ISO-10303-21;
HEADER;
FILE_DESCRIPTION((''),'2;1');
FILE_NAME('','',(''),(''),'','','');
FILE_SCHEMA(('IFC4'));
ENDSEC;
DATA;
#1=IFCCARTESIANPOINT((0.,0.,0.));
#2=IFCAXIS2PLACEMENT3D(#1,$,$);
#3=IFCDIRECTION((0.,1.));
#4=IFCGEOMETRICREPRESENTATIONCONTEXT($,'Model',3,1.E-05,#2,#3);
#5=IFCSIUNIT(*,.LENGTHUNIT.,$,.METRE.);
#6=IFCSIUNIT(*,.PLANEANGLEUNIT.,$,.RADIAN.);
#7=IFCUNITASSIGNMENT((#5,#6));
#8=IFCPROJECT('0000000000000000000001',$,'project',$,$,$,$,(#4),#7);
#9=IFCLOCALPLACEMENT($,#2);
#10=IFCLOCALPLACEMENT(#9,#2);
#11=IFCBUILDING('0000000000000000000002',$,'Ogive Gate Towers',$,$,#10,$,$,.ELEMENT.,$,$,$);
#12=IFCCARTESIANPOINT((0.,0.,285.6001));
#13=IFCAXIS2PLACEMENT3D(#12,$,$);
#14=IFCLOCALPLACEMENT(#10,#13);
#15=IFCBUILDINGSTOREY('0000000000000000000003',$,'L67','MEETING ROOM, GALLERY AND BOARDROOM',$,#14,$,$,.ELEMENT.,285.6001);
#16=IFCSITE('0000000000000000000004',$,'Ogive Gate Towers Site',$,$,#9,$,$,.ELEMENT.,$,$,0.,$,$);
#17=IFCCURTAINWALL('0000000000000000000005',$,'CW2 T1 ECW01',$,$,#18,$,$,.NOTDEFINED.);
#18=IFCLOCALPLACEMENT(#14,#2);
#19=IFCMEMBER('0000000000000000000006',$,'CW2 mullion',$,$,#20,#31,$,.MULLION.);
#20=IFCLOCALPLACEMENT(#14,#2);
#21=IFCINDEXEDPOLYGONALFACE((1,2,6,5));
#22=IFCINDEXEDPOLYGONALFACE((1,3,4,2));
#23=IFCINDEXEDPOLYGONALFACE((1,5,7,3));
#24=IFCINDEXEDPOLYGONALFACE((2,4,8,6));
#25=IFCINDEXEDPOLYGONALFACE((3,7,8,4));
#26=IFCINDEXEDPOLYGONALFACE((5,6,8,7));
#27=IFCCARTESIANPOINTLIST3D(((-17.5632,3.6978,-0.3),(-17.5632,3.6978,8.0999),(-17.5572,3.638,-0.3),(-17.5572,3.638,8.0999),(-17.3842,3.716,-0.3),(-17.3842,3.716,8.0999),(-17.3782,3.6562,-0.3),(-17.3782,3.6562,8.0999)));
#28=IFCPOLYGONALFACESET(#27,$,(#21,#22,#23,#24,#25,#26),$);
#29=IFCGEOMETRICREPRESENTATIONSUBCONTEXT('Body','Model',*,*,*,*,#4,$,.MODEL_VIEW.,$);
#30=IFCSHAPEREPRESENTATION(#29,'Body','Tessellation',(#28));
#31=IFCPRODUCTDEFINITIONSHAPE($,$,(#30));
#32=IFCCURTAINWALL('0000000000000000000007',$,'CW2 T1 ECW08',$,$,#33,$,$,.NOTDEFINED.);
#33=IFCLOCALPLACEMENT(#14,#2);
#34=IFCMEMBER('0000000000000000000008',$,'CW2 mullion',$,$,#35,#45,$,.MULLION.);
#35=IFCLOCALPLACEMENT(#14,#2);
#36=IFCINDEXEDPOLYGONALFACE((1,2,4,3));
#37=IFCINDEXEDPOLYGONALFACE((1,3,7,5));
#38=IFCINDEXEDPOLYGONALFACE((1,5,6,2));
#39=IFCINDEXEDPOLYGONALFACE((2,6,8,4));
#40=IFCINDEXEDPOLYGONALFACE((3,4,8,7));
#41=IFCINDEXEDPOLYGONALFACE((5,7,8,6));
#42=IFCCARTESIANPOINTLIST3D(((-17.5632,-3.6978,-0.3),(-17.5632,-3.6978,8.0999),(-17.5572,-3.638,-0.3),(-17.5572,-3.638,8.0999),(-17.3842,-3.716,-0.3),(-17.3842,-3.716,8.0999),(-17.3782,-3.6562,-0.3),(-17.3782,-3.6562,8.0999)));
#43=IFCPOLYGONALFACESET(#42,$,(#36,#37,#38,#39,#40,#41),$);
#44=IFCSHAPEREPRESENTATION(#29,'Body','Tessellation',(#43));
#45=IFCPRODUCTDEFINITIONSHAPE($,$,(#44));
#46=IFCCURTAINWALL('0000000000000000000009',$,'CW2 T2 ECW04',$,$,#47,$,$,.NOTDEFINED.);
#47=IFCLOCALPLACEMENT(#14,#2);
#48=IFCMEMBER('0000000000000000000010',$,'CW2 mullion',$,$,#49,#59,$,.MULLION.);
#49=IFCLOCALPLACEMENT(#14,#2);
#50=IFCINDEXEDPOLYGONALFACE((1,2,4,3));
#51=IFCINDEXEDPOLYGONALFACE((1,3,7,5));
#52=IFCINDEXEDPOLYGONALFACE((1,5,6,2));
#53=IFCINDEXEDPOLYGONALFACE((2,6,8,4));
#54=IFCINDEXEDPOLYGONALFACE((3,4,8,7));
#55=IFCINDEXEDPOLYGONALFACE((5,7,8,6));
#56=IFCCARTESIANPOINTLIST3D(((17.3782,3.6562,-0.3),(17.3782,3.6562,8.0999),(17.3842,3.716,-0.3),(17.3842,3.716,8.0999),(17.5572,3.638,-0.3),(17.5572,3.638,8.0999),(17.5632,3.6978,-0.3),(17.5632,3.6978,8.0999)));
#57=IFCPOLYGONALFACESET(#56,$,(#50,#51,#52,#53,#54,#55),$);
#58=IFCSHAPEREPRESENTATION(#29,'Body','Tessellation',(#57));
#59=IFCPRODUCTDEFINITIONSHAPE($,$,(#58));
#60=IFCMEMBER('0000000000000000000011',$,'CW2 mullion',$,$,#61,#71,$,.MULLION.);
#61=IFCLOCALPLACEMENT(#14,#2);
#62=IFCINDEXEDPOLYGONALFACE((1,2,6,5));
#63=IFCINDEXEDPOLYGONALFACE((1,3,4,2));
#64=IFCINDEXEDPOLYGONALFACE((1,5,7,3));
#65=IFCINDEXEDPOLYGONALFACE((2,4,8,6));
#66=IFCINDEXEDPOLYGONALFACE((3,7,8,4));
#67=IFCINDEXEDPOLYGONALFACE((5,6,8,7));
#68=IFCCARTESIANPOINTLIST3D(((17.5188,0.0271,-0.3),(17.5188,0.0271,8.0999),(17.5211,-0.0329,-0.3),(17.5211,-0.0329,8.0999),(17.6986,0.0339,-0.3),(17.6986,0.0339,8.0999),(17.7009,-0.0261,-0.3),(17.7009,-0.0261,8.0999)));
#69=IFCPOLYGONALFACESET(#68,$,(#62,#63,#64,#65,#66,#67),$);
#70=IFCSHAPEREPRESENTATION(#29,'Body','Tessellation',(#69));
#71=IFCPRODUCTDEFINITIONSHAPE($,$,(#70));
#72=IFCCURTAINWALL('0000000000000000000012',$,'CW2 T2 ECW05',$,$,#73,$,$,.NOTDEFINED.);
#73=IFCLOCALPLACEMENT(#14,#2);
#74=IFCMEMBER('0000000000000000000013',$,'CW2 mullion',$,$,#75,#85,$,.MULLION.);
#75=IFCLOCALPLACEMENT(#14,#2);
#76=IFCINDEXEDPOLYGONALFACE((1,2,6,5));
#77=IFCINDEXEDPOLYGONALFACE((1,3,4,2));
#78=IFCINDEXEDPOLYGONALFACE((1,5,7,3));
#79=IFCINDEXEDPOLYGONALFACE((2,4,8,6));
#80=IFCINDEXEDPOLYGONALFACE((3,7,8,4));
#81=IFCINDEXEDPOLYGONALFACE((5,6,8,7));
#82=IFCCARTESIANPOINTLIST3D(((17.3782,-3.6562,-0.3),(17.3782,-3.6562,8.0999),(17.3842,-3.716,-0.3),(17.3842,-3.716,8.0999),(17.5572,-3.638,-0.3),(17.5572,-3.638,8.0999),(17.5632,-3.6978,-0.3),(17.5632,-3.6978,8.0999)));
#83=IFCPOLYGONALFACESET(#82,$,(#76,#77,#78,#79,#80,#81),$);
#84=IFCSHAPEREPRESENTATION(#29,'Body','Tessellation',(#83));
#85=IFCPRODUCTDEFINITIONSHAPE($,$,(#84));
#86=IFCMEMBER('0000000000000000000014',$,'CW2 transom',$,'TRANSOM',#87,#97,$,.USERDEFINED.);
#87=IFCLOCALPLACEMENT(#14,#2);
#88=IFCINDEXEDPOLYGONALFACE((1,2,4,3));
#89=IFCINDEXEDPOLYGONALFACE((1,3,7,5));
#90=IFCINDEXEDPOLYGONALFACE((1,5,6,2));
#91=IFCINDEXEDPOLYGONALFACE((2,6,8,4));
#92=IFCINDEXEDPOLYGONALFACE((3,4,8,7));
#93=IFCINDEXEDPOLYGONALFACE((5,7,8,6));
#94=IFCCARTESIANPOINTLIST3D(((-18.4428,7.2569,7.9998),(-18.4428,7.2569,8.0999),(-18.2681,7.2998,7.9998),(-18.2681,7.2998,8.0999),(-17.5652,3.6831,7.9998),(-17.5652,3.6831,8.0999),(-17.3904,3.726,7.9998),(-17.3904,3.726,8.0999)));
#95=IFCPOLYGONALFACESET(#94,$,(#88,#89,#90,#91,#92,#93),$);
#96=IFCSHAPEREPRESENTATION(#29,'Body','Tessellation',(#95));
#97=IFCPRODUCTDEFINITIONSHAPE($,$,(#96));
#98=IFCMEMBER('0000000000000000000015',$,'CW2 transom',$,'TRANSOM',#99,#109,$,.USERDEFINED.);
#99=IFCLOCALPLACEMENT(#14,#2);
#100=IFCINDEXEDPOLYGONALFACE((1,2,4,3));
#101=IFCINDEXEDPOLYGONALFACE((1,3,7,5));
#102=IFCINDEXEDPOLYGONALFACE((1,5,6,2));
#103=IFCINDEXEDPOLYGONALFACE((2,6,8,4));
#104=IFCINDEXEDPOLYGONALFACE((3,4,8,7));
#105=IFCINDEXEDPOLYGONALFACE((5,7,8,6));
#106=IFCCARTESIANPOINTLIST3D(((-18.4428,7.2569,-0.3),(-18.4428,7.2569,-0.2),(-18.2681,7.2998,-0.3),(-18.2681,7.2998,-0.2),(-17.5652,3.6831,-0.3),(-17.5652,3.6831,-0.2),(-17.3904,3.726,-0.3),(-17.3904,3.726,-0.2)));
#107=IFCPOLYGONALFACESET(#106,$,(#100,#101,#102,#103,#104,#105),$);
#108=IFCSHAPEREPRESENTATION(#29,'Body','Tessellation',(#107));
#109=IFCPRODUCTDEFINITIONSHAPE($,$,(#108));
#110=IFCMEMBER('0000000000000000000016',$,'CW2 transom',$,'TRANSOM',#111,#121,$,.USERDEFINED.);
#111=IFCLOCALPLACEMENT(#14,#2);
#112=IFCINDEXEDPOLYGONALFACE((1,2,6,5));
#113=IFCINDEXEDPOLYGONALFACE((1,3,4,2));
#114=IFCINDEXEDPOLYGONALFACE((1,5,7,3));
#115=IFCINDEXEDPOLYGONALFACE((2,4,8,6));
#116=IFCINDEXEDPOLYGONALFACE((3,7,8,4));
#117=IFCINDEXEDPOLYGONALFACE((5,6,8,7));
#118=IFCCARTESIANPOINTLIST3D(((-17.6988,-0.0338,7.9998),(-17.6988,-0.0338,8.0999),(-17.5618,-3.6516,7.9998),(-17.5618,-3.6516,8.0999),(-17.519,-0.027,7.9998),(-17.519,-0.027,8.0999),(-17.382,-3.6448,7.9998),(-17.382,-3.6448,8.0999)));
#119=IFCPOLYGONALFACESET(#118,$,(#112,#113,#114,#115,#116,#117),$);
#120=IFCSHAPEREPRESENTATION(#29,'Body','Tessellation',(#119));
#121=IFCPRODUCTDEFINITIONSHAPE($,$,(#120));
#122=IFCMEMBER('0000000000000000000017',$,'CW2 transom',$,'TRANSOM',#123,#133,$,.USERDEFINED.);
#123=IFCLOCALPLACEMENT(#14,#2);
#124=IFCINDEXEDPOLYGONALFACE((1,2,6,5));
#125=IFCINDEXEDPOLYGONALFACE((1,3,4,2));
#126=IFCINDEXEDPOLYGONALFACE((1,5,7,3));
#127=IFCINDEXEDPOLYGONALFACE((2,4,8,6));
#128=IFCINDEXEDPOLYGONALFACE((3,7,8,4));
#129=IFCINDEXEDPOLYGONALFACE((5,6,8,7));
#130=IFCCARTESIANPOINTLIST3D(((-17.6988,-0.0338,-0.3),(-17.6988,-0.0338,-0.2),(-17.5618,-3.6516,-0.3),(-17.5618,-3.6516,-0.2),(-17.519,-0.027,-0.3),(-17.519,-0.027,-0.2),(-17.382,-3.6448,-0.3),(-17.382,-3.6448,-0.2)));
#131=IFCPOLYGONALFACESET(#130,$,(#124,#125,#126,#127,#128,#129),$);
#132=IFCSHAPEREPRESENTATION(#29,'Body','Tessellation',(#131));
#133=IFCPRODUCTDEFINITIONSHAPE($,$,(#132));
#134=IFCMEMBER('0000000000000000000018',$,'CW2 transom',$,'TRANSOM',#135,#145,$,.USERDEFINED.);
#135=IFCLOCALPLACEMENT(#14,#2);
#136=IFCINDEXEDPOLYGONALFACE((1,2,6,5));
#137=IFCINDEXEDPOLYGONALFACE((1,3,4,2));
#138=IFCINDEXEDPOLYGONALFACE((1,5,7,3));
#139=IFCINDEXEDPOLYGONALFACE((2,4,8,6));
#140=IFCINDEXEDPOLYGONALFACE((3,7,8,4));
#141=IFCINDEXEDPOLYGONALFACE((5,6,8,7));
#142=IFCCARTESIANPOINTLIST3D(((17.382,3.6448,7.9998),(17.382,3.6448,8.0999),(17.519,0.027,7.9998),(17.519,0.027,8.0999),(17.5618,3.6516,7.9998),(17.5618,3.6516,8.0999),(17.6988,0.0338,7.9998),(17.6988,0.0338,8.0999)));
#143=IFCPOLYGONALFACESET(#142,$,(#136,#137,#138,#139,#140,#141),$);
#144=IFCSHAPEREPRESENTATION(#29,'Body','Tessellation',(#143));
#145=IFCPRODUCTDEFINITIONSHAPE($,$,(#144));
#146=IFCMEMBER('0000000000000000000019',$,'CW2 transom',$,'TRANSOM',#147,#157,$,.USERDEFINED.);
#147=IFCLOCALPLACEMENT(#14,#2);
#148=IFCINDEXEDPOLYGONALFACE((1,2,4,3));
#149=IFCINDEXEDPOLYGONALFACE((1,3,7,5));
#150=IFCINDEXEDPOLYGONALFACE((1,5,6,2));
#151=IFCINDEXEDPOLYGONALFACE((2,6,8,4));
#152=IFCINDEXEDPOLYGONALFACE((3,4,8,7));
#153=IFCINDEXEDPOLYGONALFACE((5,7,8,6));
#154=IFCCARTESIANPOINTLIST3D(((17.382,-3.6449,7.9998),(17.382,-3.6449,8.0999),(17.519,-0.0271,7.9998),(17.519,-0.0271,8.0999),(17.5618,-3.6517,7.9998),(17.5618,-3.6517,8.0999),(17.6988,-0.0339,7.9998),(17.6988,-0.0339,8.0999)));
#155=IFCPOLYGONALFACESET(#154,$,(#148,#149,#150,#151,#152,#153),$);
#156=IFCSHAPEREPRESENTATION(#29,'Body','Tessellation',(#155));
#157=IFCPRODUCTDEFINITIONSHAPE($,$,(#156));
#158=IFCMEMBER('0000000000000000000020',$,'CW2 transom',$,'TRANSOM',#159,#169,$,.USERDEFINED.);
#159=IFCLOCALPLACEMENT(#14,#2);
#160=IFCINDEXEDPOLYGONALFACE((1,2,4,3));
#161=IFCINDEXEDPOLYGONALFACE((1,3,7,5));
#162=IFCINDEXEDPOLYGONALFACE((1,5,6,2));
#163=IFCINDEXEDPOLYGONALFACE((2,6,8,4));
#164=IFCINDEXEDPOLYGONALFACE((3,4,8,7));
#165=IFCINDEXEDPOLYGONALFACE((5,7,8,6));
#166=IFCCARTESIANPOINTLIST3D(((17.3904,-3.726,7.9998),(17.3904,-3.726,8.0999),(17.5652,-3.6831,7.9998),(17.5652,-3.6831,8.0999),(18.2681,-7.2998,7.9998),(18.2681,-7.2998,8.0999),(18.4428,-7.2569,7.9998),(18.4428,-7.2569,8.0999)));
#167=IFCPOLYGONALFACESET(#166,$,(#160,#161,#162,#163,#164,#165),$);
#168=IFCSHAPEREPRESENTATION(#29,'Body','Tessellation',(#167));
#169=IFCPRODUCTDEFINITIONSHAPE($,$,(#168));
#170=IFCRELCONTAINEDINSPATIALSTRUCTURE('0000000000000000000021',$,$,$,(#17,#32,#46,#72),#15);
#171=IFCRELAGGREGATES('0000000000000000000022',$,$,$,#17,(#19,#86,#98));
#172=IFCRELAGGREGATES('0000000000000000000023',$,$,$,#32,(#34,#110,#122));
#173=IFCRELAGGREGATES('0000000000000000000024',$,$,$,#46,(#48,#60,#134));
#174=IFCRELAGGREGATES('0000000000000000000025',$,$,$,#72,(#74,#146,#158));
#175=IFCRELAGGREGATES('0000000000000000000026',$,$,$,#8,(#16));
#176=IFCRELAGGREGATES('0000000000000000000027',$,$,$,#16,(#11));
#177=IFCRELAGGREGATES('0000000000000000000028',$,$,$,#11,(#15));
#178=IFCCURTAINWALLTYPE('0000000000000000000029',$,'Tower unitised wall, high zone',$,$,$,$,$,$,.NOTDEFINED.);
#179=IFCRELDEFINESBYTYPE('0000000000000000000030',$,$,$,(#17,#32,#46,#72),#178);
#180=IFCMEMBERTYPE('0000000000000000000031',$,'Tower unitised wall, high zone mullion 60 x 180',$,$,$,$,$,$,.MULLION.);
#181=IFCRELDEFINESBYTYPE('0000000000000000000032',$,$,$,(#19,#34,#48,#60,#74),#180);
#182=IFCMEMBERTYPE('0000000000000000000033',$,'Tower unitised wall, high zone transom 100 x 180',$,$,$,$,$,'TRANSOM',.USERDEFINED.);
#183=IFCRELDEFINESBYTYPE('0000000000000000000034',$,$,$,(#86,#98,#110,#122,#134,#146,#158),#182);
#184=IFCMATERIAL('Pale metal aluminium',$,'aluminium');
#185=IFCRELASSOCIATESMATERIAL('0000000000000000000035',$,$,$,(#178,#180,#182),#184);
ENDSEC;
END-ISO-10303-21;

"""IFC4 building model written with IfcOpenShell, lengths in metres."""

from ifc_helpers import new_model, si_unit, direction, frame, origin, origin_2d, place, context, subcontext, project, spatial, rectangle, extrude, material, material_profile, profile_set, type_object, element, aggregate, save


model = new_model("IFC4")

# Units and contexts
model_context = context("Model", 3, precision=1e-05, world=origin(), true_north=direction((0.0, 1.0)))
body_context = subcontext(model_context, "Body", "Model", "MODEL_VIEW")
ifc_project = project(units=[si_unit("LENGTHUNIT", "METRE"), si_unit("PLANEANGLEUNIT", "RADIAN")], contexts=[model_context])

# Site, building, storey
site_placement = place(None, origin())
site = spatial("IfcSite", under=ifc_project, at=site_placement, Name="Ogive Gate Towers Site", CompositionType="ELEMENT", RefElevation=0.0)
building_placement = place(site_placement, origin())
building = spatial("IfcBuilding", under=site, at=building_placement, Name="Ogive Gate Towers", CompositionType="ELEMENT")
storey_placement = place(building_placement, frame((0.0, 0.0, 285.6001)))
storey = spatial("IfcBuildingStorey", under=building, at=storey_placement, Name="L67", Description="MEETING ROOM, GALLERY AND BOARDROOM", CompositionType="ELEMENT", Elevation=285.6001)

# Curtain walls, members
ifc_material_1 = material(Name="Pale metal aluminium", Category="aluminium")
curtain_wall_type = type_object("IfcCurtainWallType", Name="Tower unitised wall, high zone", PredefinedType="NOTDEFINED", material=ifc_material_1)
curtain_wall_1_placement = place(storey_placement, origin())
curtain_wall_1 = element("IfcCurtainWall", 1, at=curtain_wall_1_placement, inside=storey, type_object=curtain_wall_type, Name="CW2 T1 ECW01", PredefinedType="NOTDEFINED")
ifc_material_profile_1 = material_profile(ifc_material_1, rectangle(XDim=0.1799, YDim=0.0601, at=origin_2d()), Name="60 x 180 aluminium box")
ifc_profile_set_1 = profile_set([ifc_material_profile_1], Name="Pale metal aluminium")
member_type_1 = type_object("IfcMemberType", Name="Tower unitised wall, high zone mullion 60 x 180", PredefinedType="MULLION", material=ifc_profile_set_1)
member_1_placement = place(storey_placement, frame((-17.4707, 3.677, -0.3), z_axis=(0.0, 0.0, 1.0), x_axis=(0.994851, 0.101351, 0.0)))
member_1 = element("IfcMember", 2, at=member_1_placement, type_object=member_type_1, Name="CW2 mullion", PredefinedType="MULLION", context=body_context, shape_type="SweptSolid", body=[
    extrude(rectangle(XDim=0.1799, YDim=0.0601, at=origin_2d()), origin(), (0.0, 0.0, 1.0), 8.3999),
])
curtain_wall_2_placement = place(storey_placement, origin())
curtain_wall_2 = element("IfcCurtainWall", 3, at=curtain_wall_2_placement, inside=storey, type_object=curtain_wall_type, Name="CW2 T1 ECW08", PredefinedType="NOTDEFINED")
member_2_placement = place(storey_placement, frame((-17.4707, -3.677, -0.3), z_axis=(0.0, 0.0, 1.0), x_axis=(0.994851, -0.101351, 0.0)))
member_2 = element("IfcMember", 4, at=member_2_placement, type_object=member_type_1, Name="CW2 mullion", PredefinedType="MULLION", context=body_context, shape_type="SweptSolid", body=[
    extrude(rectangle(XDim=0.1799, YDim=0.0601, at=origin_2d()), origin(), (0.0, 0.0, 1.0), 8.3999),
])

# Curtain wall, members
curtain_wall_3_placement = place(storey_placement, origin())
curtain_wall_3 = element("IfcCurtainWall", 5, at=curtain_wall_3_placement, inside=storey, type_object=curtain_wall_type, Name="CW2 T2 ECW04", PredefinedType="NOTDEFINED")
member_3_placement = place(storey_placement, frame((17.4707, 3.677, -0.3), z_axis=(0.0, 0.0, 1.0), x_axis=(-0.994851, 0.101351, 0.0)))
member_3 = element("IfcMember", 6, at=member_3_placement, type_object=member_type_1, Name="CW2 mullion", PredefinedType="MULLION", context=body_context, shape_type="SweptSolid", body=[
    extrude(rectangle(XDim=0.1799, YDim=0.0601, at=origin_2d()), origin(), (0.0, 0.0, 1.0), 8.3999),
])
member_4_placement = place(storey_placement, frame((17.6099, 0.0005, -0.3), z_axis=(0.0, 0.0, 1.0), x_axis=(-0.999286, -0.037795, 0.0)))
member_4 = element("IfcMember", 7, at=member_4_placement, type_object=member_type_1, Name="CW2 mullion", PredefinedType="MULLION", context=body_context, shape_type="SweptSolid", body=[
    extrude(rectangle(XDim=0.1799, YDim=0.0601, at=origin_2d()), origin(), (0.0, 0.0, 1.0), 8.3999),
])

# Curtain wall, member
curtain_wall_4_placement = place(storey_placement, origin())
curtain_wall_4 = element("IfcCurtainWall", 8, at=curtain_wall_4_placement, inside=storey, type_object=curtain_wall_type, Name="CW2 T2 ECW05", PredefinedType="NOTDEFINED")
member_5_placement = place(storey_placement, frame((17.4707, -3.677, -0.3), z_axis=(0.0, 0.0, 1.0), x_axis=(-0.994851, -0.101351, 0.0)))
member_5 = element("IfcMember", 9, at=member_5_placement, type_object=member_type_1, Name="CW2 mullion", PredefinedType="MULLION", context=body_context, shape_type="SweptSolid", body=[
    extrude(rectangle(XDim=0.1799, YDim=0.0601, at=origin_2d()), origin(), (0.0, 0.0, 1.0), 8.3999),
])

# Members
ifc_material_profile_2 = material_profile(ifc_material_1, rectangle(XDim=0.1799, YDim=0.1001, at=origin_2d()), Name="100 x 180 aluminium box")
ifc_profile_set_2 = profile_set([ifc_material_profile_2], Name="Pale metal aluminium")
member_type_2 = type_object("IfcMemberType", Name="Tower unitised wall, high zone transom 100 x 180", ElementType="TRANSOM", PredefinedType="USERDEFINED", material=ifc_profile_set_2)
member_6_placement = place(storey_placement, frame((-17.4778, 3.7046, 8.0498), z_axis=(-0.238506, 0.971141, 0.0), x_axis=(-0.971141, -0.238506, 0.0)))
member_6 = element("IfcMember", 10, at=member_6_placement, type_object=member_type_2, Name="CW2 transom", ObjectType="TRANSOM", PredefinedType="USERDEFINED", context=body_context, shape_type="SweptSolid", body=[
    extrude(rectangle(XDim=0.1799, YDim=0.1001, at=origin_2d()), origin(), (0.0, 0.0, 1.0), 3.6799),
])
member_7_placement = place(storey_placement, frame((-17.4778, 3.7046, -0.25), z_axis=(-0.238506, 0.971141, 0.0), x_axis=(-0.971141, -0.238506, 0.0)))
member_7 = element("IfcMember", 11, at=member_7_placement, type_object=member_type_2, Name="CW2 transom", ObjectType="TRANSOM", PredefinedType="USERDEFINED", context=body_context, shape_type="SweptSolid", body=[
    extrude(rectangle(XDim=0.1799, YDim=0.1001, at=origin_2d()), origin(), (0.0, 0.0, 1.0), 3.6799),
])
aggregate(curtain_wall_1, [member_1, member_6, member_7])
member_8_placement = place(storey_placement, frame((-17.4719, -3.6482, 8.0498), z_axis=(-0.037832, 0.999284, 0.0), x_axis=(-0.999284, -0.037832, 0.0)))
member_8 = element("IfcMember", 12, at=member_8_placement, type_object=member_type_2, Name="CW2 transom", ObjectType="TRANSOM", PredefinedType="USERDEFINED", context=body_context, shape_type="SweptSolid", body=[
    extrude(rectangle(XDim=0.1799, YDim=0.1001, at=origin_2d()), origin(), (0.0, 0.0, 1.0), 3.6204),
])
member_9_placement = place(storey_placement, frame((-17.4719, -3.6482, -0.25), z_axis=(-0.037832, 0.999284, 0.0), x_axis=(-0.999284, -0.037832, 0.0)))
member_9 = element("IfcMember", 13, at=member_9_placement, type_object=member_type_2, Name="CW2 transom", ObjectType="TRANSOM", PredefinedType="USERDEFINED", context=body_context, shape_type="SweptSolid", body=[
    extrude(rectangle(XDim=0.1799, YDim=0.1001, at=origin_2d()), origin(), (0.0, 0.0, 1.0), 3.6204),
])
member_10_placement = place(storey_placement, frame((17.4719, 3.6482, 8.0498), z_axis=(0.037832, -0.999284, 0.0), x_axis=(0.999284, 0.037832, 0.0)))
member_10 = element("IfcMember", 14, at=member_10_placement, type_object=member_type_2, Name="CW2 transom", ObjectType="TRANSOM", PredefinedType="USERDEFINED", context=body_context, shape_type="SweptSolid", body=[
    extrude(rectangle(XDim=0.1799, YDim=0.1001, at=origin_2d()), origin(), (0.0, 0.0, 1.0), 3.6204),
])
member_11_placement = place(storey_placement, frame((17.6089, -0.0305, 8.0498), z_axis=(-0.037832, -0.999284, 0.0), x_axis=(0.999284, -0.037832, 0.0)))
member_11 = element("IfcMember", 15, at=member_11_placement, type_object=member_type_2, Name="CW2 transom", ObjectType="TRANSOM", PredefinedType="USERDEFINED", context=body_context, shape_type="SweptSolid", body=[
    extrude(rectangle(XDim=0.1799, YDim=0.1001, at=origin_2d()), origin(), (0.0, 0.0, 1.0), 3.6204),
])
member_12_placement = place(storey_placement, frame((17.4778, -3.7046, 8.0498), z_axis=(0.238506, -0.971141, 0.0), x_axis=(0.971141, 0.238506, 0.0)))
member_12 = element("IfcMember", 16, at=member_12_placement, type_object=member_type_2, Name="CW2 transom", ObjectType="TRANSOM", PredefinedType="USERDEFINED", context=body_context, shape_type="SweptSolid", body=[
    extrude(rectangle(XDim=0.1799, YDim=0.1001, at=origin_2d()), origin(), (0.0, 0.0, 1.0), 3.6799),
])

aggregate(curtain_wall_2, [member_2, member_8, member_9])
aggregate(curtain_wall_3, [member_3, member_4, member_10])
aggregate(curtain_wall_4, [member_5, member_11, member_12])

save(model, "model.ifc")
